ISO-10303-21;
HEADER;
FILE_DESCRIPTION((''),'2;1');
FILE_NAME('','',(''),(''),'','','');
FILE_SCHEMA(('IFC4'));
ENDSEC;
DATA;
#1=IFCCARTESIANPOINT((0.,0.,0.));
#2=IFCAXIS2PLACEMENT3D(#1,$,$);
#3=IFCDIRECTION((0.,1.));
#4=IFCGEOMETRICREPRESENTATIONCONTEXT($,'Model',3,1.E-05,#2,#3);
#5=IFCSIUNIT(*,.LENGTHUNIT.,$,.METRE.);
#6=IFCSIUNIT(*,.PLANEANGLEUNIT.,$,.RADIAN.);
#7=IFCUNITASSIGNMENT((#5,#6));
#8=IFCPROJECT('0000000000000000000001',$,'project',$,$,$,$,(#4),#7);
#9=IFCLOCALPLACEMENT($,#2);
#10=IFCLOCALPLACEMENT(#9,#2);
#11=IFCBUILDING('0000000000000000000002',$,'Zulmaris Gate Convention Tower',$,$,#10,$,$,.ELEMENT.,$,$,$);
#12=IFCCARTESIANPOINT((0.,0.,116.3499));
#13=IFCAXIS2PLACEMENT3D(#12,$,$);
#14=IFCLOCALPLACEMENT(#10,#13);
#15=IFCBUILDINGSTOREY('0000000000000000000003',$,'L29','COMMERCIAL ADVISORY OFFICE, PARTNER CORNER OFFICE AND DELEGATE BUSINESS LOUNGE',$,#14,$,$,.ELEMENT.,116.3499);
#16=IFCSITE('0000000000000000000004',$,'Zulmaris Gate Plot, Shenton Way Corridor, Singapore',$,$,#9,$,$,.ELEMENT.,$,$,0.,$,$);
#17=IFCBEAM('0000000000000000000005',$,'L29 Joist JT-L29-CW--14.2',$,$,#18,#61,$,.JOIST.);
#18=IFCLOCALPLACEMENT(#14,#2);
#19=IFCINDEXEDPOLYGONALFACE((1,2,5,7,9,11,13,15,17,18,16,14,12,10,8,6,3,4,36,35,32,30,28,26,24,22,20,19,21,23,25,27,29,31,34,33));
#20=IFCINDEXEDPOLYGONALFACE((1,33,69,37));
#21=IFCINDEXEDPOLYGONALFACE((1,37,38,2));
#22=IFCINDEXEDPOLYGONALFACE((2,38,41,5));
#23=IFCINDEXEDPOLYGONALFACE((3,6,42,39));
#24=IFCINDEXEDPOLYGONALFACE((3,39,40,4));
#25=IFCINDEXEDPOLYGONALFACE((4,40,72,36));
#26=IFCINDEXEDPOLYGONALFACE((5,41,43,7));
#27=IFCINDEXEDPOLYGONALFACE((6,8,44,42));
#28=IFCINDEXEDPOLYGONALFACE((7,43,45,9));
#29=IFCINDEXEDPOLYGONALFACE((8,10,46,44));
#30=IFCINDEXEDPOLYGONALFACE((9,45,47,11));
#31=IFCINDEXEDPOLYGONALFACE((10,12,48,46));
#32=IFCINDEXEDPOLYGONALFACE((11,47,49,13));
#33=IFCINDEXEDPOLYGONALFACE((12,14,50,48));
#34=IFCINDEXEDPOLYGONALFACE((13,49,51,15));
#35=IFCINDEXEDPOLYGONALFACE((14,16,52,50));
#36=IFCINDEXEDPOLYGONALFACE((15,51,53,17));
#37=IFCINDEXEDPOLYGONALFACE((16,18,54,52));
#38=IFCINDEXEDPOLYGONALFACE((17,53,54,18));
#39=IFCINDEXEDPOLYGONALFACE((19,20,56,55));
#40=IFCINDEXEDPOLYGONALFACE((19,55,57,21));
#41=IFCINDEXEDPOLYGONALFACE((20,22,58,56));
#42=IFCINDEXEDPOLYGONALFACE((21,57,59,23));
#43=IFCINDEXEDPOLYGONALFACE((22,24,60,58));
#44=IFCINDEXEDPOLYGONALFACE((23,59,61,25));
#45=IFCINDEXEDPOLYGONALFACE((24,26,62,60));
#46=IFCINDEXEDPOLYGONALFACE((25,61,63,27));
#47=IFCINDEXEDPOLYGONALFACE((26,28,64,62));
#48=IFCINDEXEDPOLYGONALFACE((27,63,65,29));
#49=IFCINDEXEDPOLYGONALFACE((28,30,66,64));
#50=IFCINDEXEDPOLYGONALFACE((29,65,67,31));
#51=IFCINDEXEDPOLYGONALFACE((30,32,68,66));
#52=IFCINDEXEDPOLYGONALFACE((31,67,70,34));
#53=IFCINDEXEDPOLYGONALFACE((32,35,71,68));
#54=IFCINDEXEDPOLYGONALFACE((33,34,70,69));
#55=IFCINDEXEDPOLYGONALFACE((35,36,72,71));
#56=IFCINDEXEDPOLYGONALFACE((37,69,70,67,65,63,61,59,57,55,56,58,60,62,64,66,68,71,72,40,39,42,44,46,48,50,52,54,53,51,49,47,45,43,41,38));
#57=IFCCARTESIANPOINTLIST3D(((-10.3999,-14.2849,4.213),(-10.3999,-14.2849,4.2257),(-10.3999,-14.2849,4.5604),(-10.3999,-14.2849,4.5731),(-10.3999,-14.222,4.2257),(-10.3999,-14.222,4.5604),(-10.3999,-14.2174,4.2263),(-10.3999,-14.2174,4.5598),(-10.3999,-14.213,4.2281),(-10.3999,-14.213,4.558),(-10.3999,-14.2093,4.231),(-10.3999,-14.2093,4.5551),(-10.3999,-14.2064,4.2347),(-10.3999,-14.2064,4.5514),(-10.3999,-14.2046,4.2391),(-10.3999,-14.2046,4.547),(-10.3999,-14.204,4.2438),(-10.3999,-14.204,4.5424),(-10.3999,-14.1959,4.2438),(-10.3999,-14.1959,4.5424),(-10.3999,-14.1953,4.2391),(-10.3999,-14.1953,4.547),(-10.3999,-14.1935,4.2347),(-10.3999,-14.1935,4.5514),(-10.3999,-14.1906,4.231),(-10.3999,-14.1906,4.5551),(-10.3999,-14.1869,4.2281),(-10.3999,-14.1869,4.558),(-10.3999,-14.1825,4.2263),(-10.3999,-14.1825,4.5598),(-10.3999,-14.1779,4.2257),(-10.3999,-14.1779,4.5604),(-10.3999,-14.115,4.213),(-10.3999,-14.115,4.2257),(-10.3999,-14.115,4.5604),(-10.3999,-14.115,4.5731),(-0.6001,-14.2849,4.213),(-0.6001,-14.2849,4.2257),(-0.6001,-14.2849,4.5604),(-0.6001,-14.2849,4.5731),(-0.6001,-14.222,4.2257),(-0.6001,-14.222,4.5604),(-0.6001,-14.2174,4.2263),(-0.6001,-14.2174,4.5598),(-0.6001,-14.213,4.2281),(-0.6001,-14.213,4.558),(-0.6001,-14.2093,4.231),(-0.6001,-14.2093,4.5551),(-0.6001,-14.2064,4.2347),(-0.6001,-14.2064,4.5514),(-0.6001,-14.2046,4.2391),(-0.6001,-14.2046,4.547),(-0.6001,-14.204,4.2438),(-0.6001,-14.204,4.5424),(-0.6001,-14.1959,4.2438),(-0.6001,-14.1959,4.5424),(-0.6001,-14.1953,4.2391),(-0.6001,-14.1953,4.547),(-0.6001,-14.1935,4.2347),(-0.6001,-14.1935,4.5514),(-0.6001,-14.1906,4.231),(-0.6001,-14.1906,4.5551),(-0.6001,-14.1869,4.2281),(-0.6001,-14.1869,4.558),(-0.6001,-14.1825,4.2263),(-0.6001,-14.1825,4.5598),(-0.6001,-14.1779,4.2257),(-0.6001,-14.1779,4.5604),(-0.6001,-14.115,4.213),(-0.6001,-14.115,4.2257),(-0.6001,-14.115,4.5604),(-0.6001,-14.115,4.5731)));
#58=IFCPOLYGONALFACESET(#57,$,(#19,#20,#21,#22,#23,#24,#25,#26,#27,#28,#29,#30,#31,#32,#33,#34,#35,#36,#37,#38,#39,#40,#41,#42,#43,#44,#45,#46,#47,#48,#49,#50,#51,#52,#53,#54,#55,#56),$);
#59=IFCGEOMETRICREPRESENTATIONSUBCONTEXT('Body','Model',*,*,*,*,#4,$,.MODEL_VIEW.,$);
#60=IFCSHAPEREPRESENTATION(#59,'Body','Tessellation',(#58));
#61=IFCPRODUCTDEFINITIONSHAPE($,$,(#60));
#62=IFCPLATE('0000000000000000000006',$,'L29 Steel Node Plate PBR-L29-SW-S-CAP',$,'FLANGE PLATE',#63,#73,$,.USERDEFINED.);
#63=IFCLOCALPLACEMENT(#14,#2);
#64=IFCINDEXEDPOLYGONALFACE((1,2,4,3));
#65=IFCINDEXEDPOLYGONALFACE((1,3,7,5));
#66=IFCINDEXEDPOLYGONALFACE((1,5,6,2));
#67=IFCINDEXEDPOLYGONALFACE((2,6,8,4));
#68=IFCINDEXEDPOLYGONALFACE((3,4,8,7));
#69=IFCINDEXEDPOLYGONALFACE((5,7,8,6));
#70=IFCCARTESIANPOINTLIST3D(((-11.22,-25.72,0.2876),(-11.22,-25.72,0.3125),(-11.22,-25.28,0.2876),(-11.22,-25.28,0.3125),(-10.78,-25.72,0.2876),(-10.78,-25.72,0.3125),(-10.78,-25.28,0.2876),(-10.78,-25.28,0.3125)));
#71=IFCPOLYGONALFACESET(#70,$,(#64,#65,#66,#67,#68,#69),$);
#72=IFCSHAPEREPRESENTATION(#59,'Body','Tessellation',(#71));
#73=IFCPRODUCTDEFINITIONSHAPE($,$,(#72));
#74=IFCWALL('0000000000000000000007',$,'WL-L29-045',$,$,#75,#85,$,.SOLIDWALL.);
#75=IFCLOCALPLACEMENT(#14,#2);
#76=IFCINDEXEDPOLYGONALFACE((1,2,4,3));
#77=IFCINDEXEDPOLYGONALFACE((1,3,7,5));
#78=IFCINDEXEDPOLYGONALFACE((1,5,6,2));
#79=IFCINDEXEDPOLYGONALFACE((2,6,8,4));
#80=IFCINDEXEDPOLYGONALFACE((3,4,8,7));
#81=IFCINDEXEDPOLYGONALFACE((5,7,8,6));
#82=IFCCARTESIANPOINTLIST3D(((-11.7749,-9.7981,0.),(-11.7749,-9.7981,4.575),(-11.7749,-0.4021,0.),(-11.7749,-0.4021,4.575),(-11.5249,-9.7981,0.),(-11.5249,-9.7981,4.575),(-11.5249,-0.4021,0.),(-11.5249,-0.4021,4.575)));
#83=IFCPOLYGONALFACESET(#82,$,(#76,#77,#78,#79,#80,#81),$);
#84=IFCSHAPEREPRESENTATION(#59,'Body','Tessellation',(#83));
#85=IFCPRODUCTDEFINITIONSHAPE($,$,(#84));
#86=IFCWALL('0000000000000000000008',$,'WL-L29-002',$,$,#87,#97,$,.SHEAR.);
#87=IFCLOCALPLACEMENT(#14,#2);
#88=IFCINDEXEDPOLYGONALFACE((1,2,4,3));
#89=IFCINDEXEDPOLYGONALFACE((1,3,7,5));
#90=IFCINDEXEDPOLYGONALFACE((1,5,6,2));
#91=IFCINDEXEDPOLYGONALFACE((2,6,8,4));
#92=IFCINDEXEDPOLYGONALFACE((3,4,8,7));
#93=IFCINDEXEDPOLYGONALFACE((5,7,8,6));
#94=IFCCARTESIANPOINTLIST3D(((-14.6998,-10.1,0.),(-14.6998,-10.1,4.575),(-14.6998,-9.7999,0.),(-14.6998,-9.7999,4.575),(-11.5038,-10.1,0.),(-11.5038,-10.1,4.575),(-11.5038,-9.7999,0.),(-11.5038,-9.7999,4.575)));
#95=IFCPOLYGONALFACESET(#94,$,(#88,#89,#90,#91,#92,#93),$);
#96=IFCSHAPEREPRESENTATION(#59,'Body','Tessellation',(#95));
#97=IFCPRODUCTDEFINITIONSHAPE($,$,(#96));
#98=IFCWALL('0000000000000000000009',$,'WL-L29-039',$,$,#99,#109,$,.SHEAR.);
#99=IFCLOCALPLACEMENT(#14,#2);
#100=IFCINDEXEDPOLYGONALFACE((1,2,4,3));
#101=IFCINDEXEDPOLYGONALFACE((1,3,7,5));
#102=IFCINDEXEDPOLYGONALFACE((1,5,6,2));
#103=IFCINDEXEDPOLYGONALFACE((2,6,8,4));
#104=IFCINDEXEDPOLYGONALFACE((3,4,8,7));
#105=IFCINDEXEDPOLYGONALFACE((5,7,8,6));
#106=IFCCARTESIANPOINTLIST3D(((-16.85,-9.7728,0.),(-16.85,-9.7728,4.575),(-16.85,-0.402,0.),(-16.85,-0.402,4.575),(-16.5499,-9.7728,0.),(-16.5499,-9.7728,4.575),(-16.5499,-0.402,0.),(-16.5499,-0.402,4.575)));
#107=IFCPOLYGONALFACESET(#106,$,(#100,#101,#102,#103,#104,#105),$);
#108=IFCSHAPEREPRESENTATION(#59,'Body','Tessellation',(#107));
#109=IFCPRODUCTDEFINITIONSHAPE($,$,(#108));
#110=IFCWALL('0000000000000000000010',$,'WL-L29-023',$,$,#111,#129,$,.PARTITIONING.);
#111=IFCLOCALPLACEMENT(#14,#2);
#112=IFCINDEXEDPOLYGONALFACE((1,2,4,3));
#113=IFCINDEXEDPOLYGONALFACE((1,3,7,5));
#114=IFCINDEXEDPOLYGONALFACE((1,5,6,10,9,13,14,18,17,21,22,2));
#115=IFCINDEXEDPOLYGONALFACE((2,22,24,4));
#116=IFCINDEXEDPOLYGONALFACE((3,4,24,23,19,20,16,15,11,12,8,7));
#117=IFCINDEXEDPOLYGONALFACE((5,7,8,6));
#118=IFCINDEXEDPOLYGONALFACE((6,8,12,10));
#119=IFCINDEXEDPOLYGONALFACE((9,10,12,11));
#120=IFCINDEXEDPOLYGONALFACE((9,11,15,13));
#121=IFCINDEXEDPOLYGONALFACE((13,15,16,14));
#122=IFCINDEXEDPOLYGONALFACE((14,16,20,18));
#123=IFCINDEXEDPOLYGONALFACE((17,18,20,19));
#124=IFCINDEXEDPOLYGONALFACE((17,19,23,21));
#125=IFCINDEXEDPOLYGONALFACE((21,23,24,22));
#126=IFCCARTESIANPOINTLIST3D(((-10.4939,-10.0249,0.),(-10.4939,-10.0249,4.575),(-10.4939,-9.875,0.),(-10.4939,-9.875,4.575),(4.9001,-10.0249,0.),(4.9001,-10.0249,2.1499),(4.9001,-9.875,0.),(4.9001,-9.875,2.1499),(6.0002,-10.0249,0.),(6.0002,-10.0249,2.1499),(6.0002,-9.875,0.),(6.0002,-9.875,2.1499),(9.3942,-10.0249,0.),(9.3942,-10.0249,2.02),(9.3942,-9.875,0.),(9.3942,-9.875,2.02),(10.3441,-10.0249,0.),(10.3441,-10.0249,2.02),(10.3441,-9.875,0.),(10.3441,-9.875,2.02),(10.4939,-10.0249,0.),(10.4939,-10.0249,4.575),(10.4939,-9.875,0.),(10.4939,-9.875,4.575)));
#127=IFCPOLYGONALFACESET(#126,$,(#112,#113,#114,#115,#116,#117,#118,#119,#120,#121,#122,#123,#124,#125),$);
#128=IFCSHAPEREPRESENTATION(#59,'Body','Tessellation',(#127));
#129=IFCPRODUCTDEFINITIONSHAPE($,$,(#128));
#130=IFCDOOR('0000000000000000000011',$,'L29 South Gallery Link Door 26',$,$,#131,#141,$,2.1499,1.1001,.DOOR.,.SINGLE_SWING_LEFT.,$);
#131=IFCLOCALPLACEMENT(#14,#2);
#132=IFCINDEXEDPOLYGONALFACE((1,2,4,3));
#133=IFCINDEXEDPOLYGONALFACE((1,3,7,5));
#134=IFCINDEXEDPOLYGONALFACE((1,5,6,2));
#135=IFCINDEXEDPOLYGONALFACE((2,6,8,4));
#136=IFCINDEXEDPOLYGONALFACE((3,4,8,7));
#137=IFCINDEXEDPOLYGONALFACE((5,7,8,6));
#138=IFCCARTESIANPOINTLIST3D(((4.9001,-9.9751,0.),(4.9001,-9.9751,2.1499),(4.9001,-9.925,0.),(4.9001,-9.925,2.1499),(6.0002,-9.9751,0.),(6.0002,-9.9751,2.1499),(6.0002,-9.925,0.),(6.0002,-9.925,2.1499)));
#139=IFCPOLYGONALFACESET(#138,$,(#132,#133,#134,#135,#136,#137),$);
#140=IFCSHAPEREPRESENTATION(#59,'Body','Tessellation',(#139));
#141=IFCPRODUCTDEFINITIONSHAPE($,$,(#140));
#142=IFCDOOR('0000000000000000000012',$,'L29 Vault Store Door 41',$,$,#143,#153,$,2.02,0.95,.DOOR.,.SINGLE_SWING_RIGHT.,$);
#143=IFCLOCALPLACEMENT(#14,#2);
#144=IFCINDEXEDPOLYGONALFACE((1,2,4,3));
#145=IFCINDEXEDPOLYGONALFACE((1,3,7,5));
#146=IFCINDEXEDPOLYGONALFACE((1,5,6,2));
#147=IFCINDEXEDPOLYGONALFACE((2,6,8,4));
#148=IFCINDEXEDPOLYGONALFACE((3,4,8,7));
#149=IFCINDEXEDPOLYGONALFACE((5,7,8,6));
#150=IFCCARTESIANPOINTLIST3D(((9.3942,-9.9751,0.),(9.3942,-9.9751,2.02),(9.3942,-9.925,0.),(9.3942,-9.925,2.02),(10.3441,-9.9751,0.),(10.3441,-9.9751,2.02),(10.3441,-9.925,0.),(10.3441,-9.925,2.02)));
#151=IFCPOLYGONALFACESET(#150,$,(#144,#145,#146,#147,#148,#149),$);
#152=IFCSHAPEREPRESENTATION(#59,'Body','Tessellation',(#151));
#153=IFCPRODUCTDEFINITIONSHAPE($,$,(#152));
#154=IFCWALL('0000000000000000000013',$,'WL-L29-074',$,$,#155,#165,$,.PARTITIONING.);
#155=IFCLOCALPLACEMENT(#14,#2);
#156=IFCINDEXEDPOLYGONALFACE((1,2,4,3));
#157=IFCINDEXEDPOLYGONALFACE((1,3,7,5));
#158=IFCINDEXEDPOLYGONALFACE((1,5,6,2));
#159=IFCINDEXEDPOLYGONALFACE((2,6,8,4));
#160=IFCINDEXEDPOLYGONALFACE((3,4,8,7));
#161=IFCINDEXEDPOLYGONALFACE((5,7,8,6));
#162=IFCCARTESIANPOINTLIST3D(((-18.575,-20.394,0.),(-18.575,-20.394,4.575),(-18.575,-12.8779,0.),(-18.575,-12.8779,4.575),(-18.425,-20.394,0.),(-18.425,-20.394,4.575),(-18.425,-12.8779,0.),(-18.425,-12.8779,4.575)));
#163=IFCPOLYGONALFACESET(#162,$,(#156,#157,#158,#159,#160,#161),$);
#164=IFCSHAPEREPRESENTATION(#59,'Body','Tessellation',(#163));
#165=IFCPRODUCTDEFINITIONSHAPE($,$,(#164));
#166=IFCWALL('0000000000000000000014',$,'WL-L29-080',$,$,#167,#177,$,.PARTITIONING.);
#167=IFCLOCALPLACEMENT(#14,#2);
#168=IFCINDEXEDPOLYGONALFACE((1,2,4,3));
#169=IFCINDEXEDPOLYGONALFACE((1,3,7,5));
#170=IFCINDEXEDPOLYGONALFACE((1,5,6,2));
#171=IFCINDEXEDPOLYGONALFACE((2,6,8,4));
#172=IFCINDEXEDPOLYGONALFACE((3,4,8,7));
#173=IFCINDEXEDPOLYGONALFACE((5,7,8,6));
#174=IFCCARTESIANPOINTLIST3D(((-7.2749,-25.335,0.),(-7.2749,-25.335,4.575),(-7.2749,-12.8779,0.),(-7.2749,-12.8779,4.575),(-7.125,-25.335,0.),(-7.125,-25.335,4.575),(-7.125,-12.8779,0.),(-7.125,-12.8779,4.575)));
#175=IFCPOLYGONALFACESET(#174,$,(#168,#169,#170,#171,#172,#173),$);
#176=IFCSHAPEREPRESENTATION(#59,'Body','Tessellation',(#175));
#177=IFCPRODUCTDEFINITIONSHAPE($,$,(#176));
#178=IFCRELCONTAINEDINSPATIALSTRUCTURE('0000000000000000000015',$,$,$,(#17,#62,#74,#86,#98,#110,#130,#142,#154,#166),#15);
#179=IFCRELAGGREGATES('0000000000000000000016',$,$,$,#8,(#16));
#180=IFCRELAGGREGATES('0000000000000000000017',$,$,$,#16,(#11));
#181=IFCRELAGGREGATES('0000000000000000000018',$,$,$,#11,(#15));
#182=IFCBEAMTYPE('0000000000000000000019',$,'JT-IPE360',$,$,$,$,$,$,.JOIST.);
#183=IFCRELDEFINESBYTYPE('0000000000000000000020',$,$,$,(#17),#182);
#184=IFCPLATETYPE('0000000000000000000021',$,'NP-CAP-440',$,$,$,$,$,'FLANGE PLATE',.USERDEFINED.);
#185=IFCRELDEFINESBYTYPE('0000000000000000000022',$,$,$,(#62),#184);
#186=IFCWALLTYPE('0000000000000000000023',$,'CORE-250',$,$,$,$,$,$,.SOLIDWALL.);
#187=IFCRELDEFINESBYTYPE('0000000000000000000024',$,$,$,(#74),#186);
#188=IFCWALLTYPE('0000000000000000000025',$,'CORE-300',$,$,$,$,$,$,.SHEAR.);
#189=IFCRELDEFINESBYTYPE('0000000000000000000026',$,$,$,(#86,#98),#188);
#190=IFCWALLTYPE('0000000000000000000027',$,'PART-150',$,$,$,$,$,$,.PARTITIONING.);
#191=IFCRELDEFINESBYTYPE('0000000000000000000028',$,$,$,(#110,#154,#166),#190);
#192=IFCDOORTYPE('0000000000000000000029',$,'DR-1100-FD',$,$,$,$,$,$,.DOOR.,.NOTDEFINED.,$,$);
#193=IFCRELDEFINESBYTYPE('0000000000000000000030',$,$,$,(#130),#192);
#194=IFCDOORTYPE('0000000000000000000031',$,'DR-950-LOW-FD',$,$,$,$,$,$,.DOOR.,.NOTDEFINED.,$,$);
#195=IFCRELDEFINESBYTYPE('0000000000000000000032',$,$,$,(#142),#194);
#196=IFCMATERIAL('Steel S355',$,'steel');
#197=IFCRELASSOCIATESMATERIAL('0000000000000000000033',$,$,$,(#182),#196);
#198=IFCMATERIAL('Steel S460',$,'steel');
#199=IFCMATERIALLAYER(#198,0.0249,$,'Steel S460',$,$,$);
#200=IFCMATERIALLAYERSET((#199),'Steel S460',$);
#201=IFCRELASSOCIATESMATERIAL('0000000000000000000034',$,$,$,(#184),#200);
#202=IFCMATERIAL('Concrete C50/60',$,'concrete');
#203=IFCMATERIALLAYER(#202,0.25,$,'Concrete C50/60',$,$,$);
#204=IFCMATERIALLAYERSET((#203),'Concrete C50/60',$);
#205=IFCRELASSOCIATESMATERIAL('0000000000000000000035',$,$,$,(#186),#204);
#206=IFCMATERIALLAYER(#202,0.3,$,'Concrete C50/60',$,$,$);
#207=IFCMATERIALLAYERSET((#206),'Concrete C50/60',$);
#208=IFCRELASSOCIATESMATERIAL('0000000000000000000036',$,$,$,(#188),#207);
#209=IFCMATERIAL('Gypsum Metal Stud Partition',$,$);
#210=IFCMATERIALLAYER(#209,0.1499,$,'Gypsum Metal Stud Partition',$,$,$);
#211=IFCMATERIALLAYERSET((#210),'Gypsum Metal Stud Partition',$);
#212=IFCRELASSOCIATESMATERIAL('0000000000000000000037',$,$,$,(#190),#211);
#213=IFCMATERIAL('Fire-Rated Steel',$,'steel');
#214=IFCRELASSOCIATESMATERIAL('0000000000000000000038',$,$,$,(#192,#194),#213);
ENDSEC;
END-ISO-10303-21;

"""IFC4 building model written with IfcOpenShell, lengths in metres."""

from ifc_helpers import new_model, si_unit, direction, frame, frame_2d, origin, origin_2d, place, context, subcontext, project, spatial, rectangle, i_section, extrude, material, layer, layer_set, material_profile, profile_set, type_object, element, fill, save


model = new_model("IFC4")

# Units and contexts
model_context = context("Model", 3, precision=1e-05, world=origin(), true_north=direction((0.0, 1.0)))
body_context = subcontext(model_context, "Body", "Model", "MODEL_VIEW")
ifc_project = project(units=[si_unit("LENGTHUNIT", "METRE"), si_unit("PLANEANGLEUNIT", "RADIAN")], contexts=[model_context])

# Site, building, storey
site_placement = place(None, origin())
site = spatial("IfcSite", under=ifc_project, at=site_placement, Name="Zulmaris Gate Plot, Shenton Way Corridor, Singapore", CompositionType="ELEMENT", RefElevation=0.0)
building_placement = place(site_placement, origin())
building = spatial("IfcBuilding", under=site, at=building_placement, Name="Zulmaris Gate Convention Tower", CompositionType="ELEMENT")
storey_placement = place(building_placement, frame((0.0, 0.0, 116.3499)))
storey = spatial("IfcBuildingStorey", under=building, at=storey_placement, Name="L29", Description="COMMERCIAL ADVISORY OFFICE, PARTNER CORNER OFFICE AND DELEGATE BUSINESS LOUNGE", CompositionType="ELEMENT", Elevation=116.3499)

# Shared definitions
ifc_material_1 = material(Name="Steel S460", Category="steel")

# Beam
ifc_material_2 = material(Name="Steel S355", Category="steel")
ifc_material_profile_1 = material_profile(ifc_material_2, i_section(OverallWidth=0.1699, OverallDepth=0.3601, WebThickness=0.0081, FlangeThickness=0.0127, FilletRadius=0.0181, at=origin_2d()), Name="IPE 360")
ifc_profile_set_1 = profile_set([ifc_material_profile_1], Name="Steel S355")
beam_type_1 = type_object("IfcBeamType", Name="JT-IPE360", PredefinedType="JOIST", material=ifc_profile_set_1)
for number, where, z_axis, x_axis, name in (
    (1, (-10.3999, -14.2, 4.3931), (1.0, 0.0, 0.0), (0.0, 1.0, 0.0), "L29 Joist JT-L29-CW--14.2"),
):
    element("IfcBeam", number, at=place(storey_placement, frame(where, z_axis=z_axis, x_axis=x_axis)), inside=storey, type_object=beam_type_1, Name=name, PredefinedType="JOIST", context=body_context, shape_type="SweptSolid", body=[
        extrude(i_section(OverallWidth=0.1699, OverallDepth=0.3601, WebThickness=0.0081, FlangeThickness=0.0127, FilletRadius=0.0181, at=origin_2d()), origin(), (0.0, 0.0, 1.0), 9.7998),
    ])

# Plate
ifc_layer_1 = layer(ifc_material_1, 0.0249, Name="Steel S460")
ifc_layer_set_1 = layer_set([ifc_layer_1], Name="Steel S460")
plate_type = type_object("IfcPlateType", Name="NP-CAP-440", ElementType="FLANGE PLATE", PredefinedType="USERDEFINED", material=ifc_layer_set_1)
plate_placement = place(storey_placement, frame((-11.0, -25.5, 0.2876), z_axis=(0.0, 0.0, 1.0), x_axis=(1.0, 0.0, 0.0)))
element("IfcPlate", 2, at=plate_placement, inside=storey, type_object=plate_type, Name="L29 Steel Node Plate PBR-L29-SW-S-CAP", ObjectType="FLANGE PLATE", PredefinedType="USERDEFINED", context=body_context, shape_type="SweptSolid", body=[
    extrude(rectangle(XDim=0.4399, YDim=0.4399, at=origin_2d()), origin(), (0.0, 0.0, 1.0), 0.0249),
])

# Walls
ifc_material_3 = material(Name="Concrete C50/60", Category="concrete")
ifc_layer_2 = layer(ifc_material_3, 0.25, Name="Concrete C50/60")
ifc_layer_set_2 = layer_set([ifc_layer_2], Name="Concrete C50/60")
wall_type_1 = type_object("IfcWallType", Name="CORE-250", PredefinedType="SOLIDWALL", material=ifc_layer_set_2)
wall_1_placement = place(storey_placement, frame((-11.6499, -9.7981, 0.0), z_axis=(0.0, 0.0, 1.0), x_axis=(0.0, 1.0, 0.0)))
element("IfcWall", 3, at=wall_1_placement, inside=storey, type_object=wall_type_1, Name="WL-L29-045", PredefinedType="SOLIDWALL", context=body_context, shape_type="SweptSolid", body=[
    extrude(rectangle(XDim=9.396, YDim=0.25, at=frame_2d((4.698, 0.0))), origin(), (0.0, 0.0, 1.0), 4.575),
])
ifc_layer_3 = layer(ifc_material_3, 0.3, Name="Concrete C50/60")
ifc_layer_set_3 = layer_set([ifc_layer_3], Name="Concrete C50/60")
wall_type_2 = type_object("IfcWallType", Name="CORE-300", PredefinedType="SHEAR", material=ifc_layer_set_3)
wall_2_placement = place(storey_placement, frame((-14.7, -9.95, 0.0), z_axis=(0.0, 0.0, 1.0), x_axis=(1.0, 0.0, 0.0)))
element("IfcWall", 4, at=wall_2_placement, inside=storey, type_object=wall_type_2, Name="WL-L29-002", PredefinedType="SHEAR", context=body_context, shape_type="SweptSolid", body=[
    extrude(rectangle(XDim=3.196, YDim=0.3, at=frame_2d((1.5981, 0.0))), origin(), (0.0, 0.0, 1.0), 4.575),
])
wall_3_placement = place(storey_placement, frame((-16.7, -9.7729, 0.0), z_axis=(0.0, 0.0, 1.0), x_axis=(0.0, 1.0, 0.0)))
element("IfcWall", 5, at=wall_3_placement, inside=storey, type_object=wall_type_2, Name="WL-L29-039", PredefinedType="SHEAR", context=body_context, shape_type="SweptSolid", body=[
    extrude(rectangle(XDim=9.3708, YDim=0.3, at=frame_2d((4.6855, 0.0))), origin(), (0.0, 0.0, 1.0), 4.575),
])

# Wall, openings, doors
ifc_material_4 = material(Name="Gypsum Metal Stud Partition")
ifc_layer_4 = layer(ifc_material_4, 0.1499, Name="Gypsum Metal Stud Partition")
ifc_layer_set_4 = layer_set([ifc_layer_4], Name="Gypsum Metal Stud Partition")
wall_type_3 = type_object("IfcWallType", Name="PART-150", PredefinedType="PARTITIONING", material=ifc_layer_set_4)
wall_4_placement = place(storey_placement, frame((-10.4939, -9.95, 0.0), z_axis=(0.0, 0.0, 1.0), x_axis=(1.0, 0.0, 0.0)))
wall_4 = element("IfcWall", 6, at=wall_4_placement, inside=storey, type_object=wall_type_3, Name="WL-L29-023", PredefinedType="PARTITIONING", context=body_context, shape_type="SweptSolid", body=[
    extrude(rectangle(XDim=20.9878, YDim=0.1499, at=frame_2d((10.4939, 0.0))), origin(), (0.0, 0.0, 1.0), 4.575),
])
opening_1_placement = place(wall_4_placement, frame((15.394, 0.0, 0.0)))
opening_1 = element("IfcOpeningElement", 7, at=opening_1_placement, cuts=wall_4, PredefinedType="OPENING", context=body_context, shape_type="SweptSolid", body=[
    extrude(rectangle(XDim=1.1001, YDim=2.1499, at=frame_2d((0.55, 1.075))), frame((0.0, 0.085, 0.0), z_axis=(0.0, -1.0, 0.0), x_axis=(1.0, 0.0, 0.0)), (0.0, 0.0, 1.0), 0.1699),
])
opening_2_placement = place(wall_4_placement, frame((19.8879, 0.0, 0.0)))
opening_2 = element("IfcOpeningElement", 8, at=opening_2_placement, cuts=wall_4, PredefinedType="OPENING", context=body_context, shape_type="SweptSolid", body=[
    extrude(rectangle(XDim=0.95, YDim=2.02, at=frame_2d((0.4751, 1.01))), frame((0.0, 0.085, 0.0), z_axis=(0.0, -1.0, 0.0), x_axis=(1.0, 0.0, 0.0)), (0.0, 0.0, 1.0), 0.1699),
])
ifc_material_5 = material(Name="Fire-Rated Steel", Category="steel")
door_type_1 = type_object("IfcDoorType", Name="DR-1100-FD", OperationType="NOTDEFINED", PredefinedType="DOOR", material=ifc_material_5)
door_1_placement = place(opening_1_placement, origin())
door_1 = element("IfcDoor", 9, at=door_1_placement, inside=storey, type_object=door_type_1, Name="L29 South Gallery Link Door 26", OperationType="SINGLE_SWING_LEFT", OverallHeight=2.1499, OverallWidth=1.1001, PredefinedType="DOOR", context=body_context, shape_type="SweptSolid", body=[
    extrude(rectangle(XDim=1.1001, YDim=2.1499, at=frame_2d((0.55, 1.075))), frame((0.0, 0.0249, 0.0), z_axis=(0.0, -1.0, 0.0), x_axis=(1.0, 0.0, 0.0)), (0.0, 0.0, 1.0), 0.05),
])
fill(opening_1, door_1)
door_type_2 = type_object("IfcDoorType", Name="DR-950-LOW-FD", OperationType="NOTDEFINED", PredefinedType="DOOR", material=ifc_material_5)
door_2_placement = place(opening_2_placement, origin())
door_2 = element("IfcDoor", 10, at=door_2_placement, inside=storey, type_object=door_type_2, Name="L29 Vault Store Door 41", OperationType="SINGLE_SWING_RIGHT", OverallHeight=2.02, OverallWidth=0.95, PredefinedType="DOOR", context=body_context, shape_type="SweptSolid", body=[
    extrude(rectangle(XDim=0.95, YDim=2.02, at=frame_2d((0.4751, 1.01))), frame((0.0, 0.0249, 0.0), z_axis=(0.0, -1.0, 0.0), x_axis=(1.0, 0.0, 0.0)), (0.0, 0.0, 1.0), 0.05),
])
fill(opening_2, door_2)

# Walls
wall_5_placement = place(storey_placement, frame((-18.5, -20.394, 0.0), z_axis=(0.0, 0.0, 1.0), x_axis=(0.0, 1.0, 0.0)))
element("IfcWall", 11, at=wall_5_placement, inside=storey, type_object=wall_type_3, Name="WL-L29-074", PredefinedType="PARTITIONING", context=body_context, shape_type="SweptSolid", body=[
    extrude(rectangle(XDim=7.5161, YDim=0.1499, at=frame_2d((3.7581, 0.0))), origin(), (0.0, 0.0, 1.0), 4.575),
])
for number, where, z_axis, x_axis, name in (
    (12, (-7.2, -25.335, 0.0), (0.0, 0.0, 1.0), (0.0, 1.0, 0.0), "WL-L29-080"),
):
    element("IfcWall", number, at=place(storey_placement, frame(where, z_axis=z_axis, x_axis=x_axis)), inside=storey, type_object=wall_type_3, Name=name, PredefinedType="PARTITIONING", context=body_context, shape_type="SweptSolid", body=[
        extrude(rectangle(XDim=12.457, YDim=0.1499, at=frame_2d((6.2285, 0.0))), origin(), (0.0, 0.0, 1.0), 4.575),
    ])

save(model, "model.ifc")
